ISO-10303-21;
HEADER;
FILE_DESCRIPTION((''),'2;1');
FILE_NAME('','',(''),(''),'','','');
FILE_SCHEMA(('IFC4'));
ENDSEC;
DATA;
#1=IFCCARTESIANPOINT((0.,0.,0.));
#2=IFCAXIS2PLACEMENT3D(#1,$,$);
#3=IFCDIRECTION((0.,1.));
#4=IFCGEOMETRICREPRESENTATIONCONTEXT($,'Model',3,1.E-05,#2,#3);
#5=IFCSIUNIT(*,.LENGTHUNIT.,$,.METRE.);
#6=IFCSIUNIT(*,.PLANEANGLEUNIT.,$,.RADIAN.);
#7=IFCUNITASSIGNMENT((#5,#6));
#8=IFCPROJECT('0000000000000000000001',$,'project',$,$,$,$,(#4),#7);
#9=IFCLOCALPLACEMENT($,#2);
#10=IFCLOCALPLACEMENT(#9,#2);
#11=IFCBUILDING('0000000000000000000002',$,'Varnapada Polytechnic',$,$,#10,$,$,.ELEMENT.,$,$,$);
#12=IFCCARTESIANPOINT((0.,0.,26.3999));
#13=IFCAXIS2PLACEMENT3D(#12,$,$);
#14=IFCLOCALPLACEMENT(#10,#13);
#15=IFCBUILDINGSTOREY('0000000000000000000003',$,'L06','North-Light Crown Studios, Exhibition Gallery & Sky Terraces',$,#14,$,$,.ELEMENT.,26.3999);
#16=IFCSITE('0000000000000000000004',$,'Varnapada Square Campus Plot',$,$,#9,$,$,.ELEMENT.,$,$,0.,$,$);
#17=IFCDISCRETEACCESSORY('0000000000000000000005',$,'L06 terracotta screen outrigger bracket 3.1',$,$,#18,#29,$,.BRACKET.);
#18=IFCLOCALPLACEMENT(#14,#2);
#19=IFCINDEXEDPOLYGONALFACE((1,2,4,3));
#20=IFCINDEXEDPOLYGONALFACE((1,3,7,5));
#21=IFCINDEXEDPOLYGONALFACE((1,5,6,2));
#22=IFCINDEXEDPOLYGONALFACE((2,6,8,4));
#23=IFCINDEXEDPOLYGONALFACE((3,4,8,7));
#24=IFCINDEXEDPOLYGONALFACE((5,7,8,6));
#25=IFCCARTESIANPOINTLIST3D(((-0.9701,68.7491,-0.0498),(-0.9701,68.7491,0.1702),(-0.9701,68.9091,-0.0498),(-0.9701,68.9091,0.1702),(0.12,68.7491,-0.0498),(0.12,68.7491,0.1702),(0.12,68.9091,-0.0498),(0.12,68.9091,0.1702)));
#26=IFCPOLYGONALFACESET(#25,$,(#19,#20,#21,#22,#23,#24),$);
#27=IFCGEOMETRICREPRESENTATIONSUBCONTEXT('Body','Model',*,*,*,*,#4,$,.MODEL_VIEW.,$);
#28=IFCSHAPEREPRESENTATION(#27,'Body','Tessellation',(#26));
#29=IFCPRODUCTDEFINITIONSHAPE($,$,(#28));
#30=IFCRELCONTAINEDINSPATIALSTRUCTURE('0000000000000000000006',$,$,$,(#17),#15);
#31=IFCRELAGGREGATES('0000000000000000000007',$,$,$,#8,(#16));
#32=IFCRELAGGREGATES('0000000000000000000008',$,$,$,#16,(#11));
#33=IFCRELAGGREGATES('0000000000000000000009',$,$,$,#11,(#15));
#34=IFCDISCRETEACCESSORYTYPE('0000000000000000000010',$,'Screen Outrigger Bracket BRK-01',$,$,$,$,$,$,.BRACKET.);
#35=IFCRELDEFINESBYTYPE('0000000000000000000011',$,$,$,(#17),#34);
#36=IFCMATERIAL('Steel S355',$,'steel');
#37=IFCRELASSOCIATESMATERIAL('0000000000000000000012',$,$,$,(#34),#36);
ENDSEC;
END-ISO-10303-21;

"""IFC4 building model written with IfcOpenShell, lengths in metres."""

from ifc_helpers import new_model, si_unit, direction, frame, origin, origin_2d, place, context, subcontext, project, spatial, rectangle, extrude, material, type_object, element, save


model = new_model("IFC4")

# Units and contexts
model_context = context("Model", 3, precision=1e-05, world=origin(), true_north=direction((0.0, 1.0)))
body_context = subcontext(model_context, "Body", "Model", "MODEL_VIEW")
ifc_project = project(units=[si_unit("LENGTHUNIT", "METRE"), si_unit("PLANEANGLEUNIT", "RADIAN")], contexts=[model_context])

# Site, building, storey
site_placement = place(None, origin())
site = spatial("IfcSite", under=ifc_project, at=site_placement, Name="Varnapada Square Campus Plot", CompositionType="ELEMENT", RefElevation=0.0)
building_placement = place(site_placement, origin())
building = spatial("IfcBuilding", under=site, at=building_placement, Name="Varnapada Polytechnic", CompositionType="ELEMENT")
storey_placement = place(building_placement, frame((0.0, 0.0, 26.3999)))
storey = spatial("IfcBuildingStorey", under=building, at=storey_placement, Name="L06", Description="North-Light Crown Studios, Exhibition Gallery & Sky Terraces", CompositionType="ELEMENT", Elevation=26.3999)

# Discrete accessory
ifc_material_1 = material(Name="Steel S355", Category="steel")
discrete_accessory_type = type_object("IfcDiscreteAccessoryType", Name="Screen Outrigger Bracket BRK-01", PredefinedType="BRACKET", material=ifc_material_1)
discrete_accessory_placement = place(storey_placement, frame((-0.425, 68.8291, -0.0498), z_axis=(0.0, 0.0, 1.0), x_axis=(0.0, 1.0, 0.0)))
element("IfcDiscreteAccessory", 1, at=discrete_accessory_placement, inside=storey, type_object=discrete_accessory_type, Name="L06 terracotta screen outrigger bracket 3.1", PredefinedType="BRACKET", context=body_context, shape_type="SweptSolid", body=[
    extrude(rectangle(XDim=0.1599, YDim=1.0901, at=origin_2d()), origin(), (0.0, 0.0, 1.0), 0.22),
])

save(model, "model.ifc")
